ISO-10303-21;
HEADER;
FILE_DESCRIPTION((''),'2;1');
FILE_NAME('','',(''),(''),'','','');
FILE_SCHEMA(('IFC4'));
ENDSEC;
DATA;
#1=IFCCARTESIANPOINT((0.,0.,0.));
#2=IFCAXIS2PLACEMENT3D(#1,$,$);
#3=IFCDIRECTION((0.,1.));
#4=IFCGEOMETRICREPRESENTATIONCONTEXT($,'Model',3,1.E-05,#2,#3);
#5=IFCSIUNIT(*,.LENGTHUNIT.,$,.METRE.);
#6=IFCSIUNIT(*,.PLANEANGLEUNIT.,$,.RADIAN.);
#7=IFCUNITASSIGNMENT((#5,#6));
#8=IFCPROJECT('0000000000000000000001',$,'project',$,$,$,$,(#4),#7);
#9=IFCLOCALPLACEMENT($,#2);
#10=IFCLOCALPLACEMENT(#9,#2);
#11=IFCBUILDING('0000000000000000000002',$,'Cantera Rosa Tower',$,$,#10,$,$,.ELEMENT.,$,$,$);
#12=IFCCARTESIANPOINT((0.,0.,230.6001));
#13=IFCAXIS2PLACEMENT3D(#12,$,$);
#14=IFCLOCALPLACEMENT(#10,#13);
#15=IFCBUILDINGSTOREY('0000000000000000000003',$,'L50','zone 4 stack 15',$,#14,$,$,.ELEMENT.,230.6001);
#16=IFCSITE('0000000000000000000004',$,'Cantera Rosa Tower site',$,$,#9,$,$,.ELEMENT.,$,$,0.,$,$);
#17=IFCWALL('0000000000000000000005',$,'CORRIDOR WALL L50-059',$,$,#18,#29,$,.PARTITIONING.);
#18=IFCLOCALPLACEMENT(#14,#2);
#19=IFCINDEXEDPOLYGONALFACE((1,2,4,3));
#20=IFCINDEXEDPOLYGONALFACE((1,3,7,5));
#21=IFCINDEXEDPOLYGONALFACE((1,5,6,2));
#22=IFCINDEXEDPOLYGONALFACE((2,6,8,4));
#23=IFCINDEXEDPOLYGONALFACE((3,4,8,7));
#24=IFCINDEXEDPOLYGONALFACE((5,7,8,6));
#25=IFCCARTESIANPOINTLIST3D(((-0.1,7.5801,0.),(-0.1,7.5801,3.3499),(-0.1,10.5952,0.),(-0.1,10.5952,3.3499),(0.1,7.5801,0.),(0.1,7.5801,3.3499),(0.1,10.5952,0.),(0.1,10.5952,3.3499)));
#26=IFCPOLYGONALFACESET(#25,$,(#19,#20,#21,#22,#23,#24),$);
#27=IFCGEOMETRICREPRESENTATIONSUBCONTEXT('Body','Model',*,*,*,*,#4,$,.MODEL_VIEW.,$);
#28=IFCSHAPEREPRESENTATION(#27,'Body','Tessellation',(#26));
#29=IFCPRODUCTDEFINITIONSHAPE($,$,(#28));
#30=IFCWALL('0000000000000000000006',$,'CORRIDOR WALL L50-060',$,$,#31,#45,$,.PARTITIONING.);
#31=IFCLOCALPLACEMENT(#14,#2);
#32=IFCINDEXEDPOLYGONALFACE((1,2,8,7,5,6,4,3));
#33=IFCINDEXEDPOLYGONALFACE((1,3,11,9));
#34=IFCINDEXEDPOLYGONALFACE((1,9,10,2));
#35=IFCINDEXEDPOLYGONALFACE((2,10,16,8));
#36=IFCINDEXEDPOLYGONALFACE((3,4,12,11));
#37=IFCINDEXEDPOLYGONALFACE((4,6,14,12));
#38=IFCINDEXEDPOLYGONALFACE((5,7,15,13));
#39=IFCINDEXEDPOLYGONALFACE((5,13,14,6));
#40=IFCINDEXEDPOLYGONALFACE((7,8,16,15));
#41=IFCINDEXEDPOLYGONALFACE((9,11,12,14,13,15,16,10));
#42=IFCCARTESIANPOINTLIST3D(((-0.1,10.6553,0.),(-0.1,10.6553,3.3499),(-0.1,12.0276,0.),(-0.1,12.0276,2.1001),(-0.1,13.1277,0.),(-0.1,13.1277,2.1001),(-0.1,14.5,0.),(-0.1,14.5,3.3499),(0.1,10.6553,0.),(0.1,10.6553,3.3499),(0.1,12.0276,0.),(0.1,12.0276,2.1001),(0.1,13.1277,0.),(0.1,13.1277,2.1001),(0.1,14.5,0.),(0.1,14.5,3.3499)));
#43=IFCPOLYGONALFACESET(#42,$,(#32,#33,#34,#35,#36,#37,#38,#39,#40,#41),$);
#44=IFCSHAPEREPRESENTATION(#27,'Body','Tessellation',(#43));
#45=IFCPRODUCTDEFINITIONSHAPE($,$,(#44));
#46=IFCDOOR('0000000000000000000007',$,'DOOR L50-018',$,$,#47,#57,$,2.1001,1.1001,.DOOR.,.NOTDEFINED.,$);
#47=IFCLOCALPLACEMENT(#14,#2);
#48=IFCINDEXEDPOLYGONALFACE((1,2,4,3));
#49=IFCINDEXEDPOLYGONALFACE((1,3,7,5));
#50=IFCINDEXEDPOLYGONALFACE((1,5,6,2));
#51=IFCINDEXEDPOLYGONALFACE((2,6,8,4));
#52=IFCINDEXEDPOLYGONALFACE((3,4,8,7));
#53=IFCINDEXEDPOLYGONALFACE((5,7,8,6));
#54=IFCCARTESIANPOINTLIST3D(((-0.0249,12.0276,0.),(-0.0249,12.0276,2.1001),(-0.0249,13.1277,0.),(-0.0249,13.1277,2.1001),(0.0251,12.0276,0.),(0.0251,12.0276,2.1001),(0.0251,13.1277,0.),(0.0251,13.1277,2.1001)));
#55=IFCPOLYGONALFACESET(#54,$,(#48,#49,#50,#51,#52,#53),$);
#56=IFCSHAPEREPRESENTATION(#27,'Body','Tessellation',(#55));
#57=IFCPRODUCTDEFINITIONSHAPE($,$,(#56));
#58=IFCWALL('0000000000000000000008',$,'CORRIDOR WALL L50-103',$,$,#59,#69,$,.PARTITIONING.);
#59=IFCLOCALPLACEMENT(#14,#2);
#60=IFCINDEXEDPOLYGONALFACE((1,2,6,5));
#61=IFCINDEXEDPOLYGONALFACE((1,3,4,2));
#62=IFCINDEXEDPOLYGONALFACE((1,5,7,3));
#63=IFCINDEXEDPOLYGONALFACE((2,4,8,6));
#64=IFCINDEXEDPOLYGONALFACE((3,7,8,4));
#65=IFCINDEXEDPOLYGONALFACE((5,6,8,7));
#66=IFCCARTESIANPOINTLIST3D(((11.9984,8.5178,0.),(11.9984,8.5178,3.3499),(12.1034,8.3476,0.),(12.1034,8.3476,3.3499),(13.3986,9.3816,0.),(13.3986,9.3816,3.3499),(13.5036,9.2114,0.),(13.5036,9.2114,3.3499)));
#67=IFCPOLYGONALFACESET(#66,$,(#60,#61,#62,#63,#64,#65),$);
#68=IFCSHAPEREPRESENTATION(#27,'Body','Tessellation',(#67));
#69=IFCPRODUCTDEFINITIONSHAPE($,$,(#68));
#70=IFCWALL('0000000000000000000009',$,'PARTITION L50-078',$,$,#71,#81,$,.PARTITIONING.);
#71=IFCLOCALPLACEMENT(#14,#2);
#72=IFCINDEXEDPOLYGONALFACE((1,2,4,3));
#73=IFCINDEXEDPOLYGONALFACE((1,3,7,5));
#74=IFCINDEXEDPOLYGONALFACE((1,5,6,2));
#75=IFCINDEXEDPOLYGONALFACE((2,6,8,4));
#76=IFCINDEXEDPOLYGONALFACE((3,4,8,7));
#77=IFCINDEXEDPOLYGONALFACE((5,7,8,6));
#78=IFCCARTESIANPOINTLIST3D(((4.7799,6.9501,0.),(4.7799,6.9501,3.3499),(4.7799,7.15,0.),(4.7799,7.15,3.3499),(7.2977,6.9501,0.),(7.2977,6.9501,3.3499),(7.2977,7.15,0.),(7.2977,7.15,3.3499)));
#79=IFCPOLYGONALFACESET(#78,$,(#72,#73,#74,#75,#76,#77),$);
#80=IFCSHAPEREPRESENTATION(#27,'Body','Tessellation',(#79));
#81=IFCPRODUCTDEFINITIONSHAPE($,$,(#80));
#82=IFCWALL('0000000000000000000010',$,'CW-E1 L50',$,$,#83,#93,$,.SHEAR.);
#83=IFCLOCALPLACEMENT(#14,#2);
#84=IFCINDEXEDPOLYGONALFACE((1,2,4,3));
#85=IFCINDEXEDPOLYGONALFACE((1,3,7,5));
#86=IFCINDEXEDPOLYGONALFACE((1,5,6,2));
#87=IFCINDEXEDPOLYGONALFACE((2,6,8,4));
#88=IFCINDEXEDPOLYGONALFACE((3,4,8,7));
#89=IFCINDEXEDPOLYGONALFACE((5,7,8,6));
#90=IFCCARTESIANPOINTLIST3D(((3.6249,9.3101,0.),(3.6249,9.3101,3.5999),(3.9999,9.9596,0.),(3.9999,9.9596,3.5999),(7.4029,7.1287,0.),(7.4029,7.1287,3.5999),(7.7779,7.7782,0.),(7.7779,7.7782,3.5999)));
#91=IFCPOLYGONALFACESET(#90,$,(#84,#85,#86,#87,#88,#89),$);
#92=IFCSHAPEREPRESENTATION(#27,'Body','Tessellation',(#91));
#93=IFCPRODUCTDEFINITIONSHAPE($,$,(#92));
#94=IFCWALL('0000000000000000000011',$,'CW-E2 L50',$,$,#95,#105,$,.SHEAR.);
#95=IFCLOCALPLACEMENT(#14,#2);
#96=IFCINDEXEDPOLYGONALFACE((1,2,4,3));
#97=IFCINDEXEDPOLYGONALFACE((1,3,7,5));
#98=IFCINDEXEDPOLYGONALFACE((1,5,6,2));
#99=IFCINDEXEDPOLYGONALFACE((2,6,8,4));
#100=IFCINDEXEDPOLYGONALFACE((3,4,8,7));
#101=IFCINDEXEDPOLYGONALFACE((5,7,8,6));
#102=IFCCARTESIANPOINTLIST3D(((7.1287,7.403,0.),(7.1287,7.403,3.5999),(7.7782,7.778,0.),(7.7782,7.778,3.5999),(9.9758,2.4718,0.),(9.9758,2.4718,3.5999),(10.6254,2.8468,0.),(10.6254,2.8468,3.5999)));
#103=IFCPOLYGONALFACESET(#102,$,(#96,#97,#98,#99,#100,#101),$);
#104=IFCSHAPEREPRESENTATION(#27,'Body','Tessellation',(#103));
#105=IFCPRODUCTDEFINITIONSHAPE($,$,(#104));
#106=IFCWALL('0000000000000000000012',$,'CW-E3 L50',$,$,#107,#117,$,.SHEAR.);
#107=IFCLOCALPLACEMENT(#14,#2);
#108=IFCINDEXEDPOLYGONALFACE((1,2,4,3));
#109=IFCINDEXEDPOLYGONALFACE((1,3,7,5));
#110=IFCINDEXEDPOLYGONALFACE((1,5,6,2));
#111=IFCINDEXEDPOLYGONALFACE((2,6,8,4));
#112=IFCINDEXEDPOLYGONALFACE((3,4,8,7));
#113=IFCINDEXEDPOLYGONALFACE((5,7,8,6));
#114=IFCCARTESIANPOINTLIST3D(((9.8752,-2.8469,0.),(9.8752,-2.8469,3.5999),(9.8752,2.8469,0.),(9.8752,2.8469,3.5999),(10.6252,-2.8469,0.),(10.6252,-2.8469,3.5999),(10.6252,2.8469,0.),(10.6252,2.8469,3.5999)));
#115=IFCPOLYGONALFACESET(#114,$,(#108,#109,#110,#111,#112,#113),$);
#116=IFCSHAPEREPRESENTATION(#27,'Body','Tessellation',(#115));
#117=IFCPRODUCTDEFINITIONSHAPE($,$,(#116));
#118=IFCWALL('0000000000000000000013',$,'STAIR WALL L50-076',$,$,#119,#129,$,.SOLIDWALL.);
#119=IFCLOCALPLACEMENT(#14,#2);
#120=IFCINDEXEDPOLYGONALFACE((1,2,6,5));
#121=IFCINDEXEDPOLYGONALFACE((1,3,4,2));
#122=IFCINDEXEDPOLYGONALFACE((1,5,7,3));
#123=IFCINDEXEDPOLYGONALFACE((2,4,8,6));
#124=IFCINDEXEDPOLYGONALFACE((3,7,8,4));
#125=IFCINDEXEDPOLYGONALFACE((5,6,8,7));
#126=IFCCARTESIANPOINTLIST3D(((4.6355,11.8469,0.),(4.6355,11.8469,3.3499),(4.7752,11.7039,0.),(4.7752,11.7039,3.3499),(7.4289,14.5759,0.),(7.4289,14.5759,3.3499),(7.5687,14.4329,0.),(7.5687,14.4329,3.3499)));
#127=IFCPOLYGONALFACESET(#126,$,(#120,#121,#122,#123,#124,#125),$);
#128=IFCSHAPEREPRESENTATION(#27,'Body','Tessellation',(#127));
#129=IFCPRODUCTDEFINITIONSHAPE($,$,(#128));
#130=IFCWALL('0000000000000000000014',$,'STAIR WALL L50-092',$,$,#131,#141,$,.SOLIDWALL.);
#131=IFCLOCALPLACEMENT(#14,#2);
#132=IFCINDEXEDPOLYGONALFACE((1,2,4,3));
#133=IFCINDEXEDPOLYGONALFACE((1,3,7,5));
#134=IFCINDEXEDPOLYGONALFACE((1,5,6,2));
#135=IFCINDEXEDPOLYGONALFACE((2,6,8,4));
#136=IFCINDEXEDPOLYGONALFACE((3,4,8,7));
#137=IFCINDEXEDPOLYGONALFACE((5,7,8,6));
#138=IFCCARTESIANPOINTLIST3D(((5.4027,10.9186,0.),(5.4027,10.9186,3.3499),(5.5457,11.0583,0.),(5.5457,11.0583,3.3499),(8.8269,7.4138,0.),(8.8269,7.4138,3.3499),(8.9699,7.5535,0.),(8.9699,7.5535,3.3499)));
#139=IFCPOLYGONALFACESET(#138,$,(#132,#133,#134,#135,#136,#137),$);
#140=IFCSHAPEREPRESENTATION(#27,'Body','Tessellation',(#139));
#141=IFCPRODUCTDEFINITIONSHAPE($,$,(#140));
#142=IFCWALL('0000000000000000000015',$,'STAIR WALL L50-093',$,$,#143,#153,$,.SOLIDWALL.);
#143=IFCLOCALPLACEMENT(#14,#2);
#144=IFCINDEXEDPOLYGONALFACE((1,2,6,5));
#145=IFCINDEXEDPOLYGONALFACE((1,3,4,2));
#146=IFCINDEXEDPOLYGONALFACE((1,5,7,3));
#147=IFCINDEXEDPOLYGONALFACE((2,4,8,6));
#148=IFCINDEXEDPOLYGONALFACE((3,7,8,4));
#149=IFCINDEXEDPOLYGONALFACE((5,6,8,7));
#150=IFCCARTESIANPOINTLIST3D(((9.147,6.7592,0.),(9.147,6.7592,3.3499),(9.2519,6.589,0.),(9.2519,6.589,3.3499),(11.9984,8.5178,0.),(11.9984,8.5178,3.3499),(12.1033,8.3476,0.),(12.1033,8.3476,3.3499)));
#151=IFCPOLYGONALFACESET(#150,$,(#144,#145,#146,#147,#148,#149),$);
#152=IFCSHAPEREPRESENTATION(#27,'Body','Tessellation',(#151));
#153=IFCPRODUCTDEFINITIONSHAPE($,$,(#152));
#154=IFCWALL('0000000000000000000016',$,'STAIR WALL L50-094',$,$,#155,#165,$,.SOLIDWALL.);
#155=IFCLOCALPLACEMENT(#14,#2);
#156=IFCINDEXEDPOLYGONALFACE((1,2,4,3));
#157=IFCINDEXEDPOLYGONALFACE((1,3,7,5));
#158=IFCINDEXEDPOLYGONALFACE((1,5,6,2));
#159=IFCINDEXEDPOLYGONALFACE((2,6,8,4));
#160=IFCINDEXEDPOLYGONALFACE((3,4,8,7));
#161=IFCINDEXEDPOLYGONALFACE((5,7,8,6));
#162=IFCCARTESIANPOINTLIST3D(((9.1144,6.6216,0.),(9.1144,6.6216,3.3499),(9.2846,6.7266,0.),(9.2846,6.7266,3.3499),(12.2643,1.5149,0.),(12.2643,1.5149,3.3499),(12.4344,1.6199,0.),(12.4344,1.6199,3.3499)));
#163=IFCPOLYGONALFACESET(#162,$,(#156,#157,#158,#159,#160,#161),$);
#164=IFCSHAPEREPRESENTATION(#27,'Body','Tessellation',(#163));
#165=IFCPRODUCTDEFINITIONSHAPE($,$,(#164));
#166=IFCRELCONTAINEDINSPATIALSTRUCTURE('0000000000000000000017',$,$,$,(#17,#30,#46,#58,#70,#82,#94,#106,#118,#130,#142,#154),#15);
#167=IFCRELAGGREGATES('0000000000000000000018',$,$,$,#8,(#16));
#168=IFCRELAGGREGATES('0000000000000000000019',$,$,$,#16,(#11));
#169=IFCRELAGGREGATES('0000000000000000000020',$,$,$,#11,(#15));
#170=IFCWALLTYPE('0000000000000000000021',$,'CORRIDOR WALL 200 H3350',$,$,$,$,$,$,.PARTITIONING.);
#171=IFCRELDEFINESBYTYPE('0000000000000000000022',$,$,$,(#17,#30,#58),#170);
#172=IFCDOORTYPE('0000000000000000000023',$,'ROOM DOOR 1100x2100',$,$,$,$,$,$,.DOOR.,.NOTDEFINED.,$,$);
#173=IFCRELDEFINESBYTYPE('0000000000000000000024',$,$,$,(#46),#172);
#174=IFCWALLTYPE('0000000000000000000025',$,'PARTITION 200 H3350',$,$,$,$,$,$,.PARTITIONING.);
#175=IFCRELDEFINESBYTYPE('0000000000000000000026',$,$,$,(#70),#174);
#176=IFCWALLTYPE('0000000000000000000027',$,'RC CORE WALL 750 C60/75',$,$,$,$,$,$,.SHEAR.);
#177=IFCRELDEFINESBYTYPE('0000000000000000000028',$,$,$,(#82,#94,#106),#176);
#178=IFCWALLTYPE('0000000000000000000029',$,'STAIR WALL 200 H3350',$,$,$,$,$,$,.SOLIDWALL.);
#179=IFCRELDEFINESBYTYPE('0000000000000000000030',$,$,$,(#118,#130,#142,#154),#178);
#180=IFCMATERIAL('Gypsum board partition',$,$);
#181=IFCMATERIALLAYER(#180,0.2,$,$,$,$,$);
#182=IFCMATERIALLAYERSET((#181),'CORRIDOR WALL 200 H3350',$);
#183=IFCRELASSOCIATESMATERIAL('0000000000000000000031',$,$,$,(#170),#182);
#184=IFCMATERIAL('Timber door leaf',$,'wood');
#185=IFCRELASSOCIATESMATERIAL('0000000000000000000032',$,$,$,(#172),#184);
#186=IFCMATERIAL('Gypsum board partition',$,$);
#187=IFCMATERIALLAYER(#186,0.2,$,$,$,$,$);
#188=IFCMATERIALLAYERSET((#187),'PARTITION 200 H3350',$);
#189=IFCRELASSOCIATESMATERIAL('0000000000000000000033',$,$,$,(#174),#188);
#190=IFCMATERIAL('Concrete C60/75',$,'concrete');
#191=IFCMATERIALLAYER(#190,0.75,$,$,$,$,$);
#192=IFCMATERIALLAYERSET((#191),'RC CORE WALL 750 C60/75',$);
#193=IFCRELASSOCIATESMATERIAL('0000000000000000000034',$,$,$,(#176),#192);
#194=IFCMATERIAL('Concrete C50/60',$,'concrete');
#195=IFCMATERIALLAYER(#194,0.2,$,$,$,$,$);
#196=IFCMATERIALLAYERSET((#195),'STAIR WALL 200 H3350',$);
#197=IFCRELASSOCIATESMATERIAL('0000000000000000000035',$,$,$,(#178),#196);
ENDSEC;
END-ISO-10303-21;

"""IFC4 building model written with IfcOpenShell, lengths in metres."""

from ifc_helpers import new_model, si_unit, direction, frame, frame_2d, origin, place, context, subcontext, project, spatial, rectangle, extrude, material, layer, layer_set, type_object, element, fill, save


model = new_model("IFC4")

# Units and contexts
model_context = context("Model", 3, precision=1e-05, world=origin(), true_north=direction((0.0, 1.0)))
body_context = subcontext(model_context, "Body", "Model", "MODEL_VIEW")
ifc_project = project(units=[si_unit("LENGTHUNIT", "METRE"), si_unit("PLANEANGLEUNIT", "RADIAN")], contexts=[model_context])

# Site, building, storey
site_placement = place(None, origin())
site = spatial("IfcSite", under=ifc_project, at=site_placement, Name="Cantera Rosa Tower site", CompositionType="ELEMENT", RefElevation=0.0)
building_placement = place(site_placement, origin())
building = spatial("IfcBuilding", under=site, at=building_placement, Name="Cantera Rosa Tower", CompositionType="ELEMENT")
storey_placement = place(building_placement, frame((0.0, 0.0, 230.6001)))
storey = spatial("IfcBuildingStorey", under=building, at=storey_placement, Name="L50", Description="zone 4 stack 15", CompositionType="ELEMENT", Elevation=230.6001)

# Wall
ifc_material_1 = material(Name="Gypsum board partition")
ifc_layer_1 = layer(ifc_material_1, 0.2)
ifc_layer_set_1 = layer_set([ifc_layer_1], Name="CORRIDOR WALL 200 H3350")
wall_type_1 = type_object("IfcWallType", Name="CORRIDOR WALL 200 H3350", PredefinedType="PARTITIONING", material=ifc_layer_set_1)
wall_1_placement = place(storey_placement, frame((0.0, 7.5801, 0.0), z_axis=(0.0, 0.0, 1.0), x_axis=(0.0, 1.0, 0.0)))
element("IfcWall", 1, at=wall_1_placement, inside=storey, type_object=wall_type_1, Name="CORRIDOR WALL L50-059", PredefinedType="PARTITIONING", context=body_context, shape_type="SweptSolid", body=[
    extrude(rectangle(XDim=3.0151, YDim=0.2, at=frame_2d((1.5076, 0.0))), origin(), (0.0, 0.0, 1.0), 3.3499),
])

# Wall, opening, door
wall_2_placement = place(storey_placement, frame((0.0, 10.6553, 0.0), z_axis=(0.0, 0.0, 1.0), x_axis=(0.0, 1.0, 0.0)))
wall_2 = element("IfcWall", 2, at=wall_2_placement, inside=storey, type_object=wall_type_1, Name="CORRIDOR WALL L50-060", PredefinedType="PARTITIONING", context=body_context, shape_type="SweptSolid", body=[
    extrude(rectangle(XDim=3.8447, YDim=0.2, at=frame_2d((1.9224, 0.0))), origin(), (0.0, 0.0, 1.0), 3.3499),
])
opening_1_placement = place(wall_2_placement, frame((1.3723, 0.0, 0.0)))
opening_1 = element("IfcOpeningElement", 3, at=opening_1_placement, cuts=wall_2, PredefinedType="OPENING", context=body_context, shape_type="SweptSolid", body=[
    extrude(rectangle(XDim=1.1001, YDim=2.1001, at=frame_2d((0.55, 1.05))), frame((0.0, 0.1099, 0.0), z_axis=(0.0, -1.0, 0.0), x_axis=(1.0, 0.0, 0.0)), (0.0, 0.0, 1.0), 0.22),
])
ifc_material_2 = material(Name="Timber door leaf", Category="wood")
door_type_1 = type_object("IfcDoorType", Name="ROOM DOOR 1100x2100", OperationType="NOTDEFINED", PredefinedType="DOOR", material=ifc_material_2)
door_1_placement = place(opening_1_placement, origin())
door_1 = element("IfcDoor", 4, at=door_1_placement, inside=storey, type_object=door_type_1, Name="DOOR L50-018", OperationType="NOTDEFINED", OverallHeight=2.1001, OverallWidth=1.1001, PredefinedType="DOOR", context=body_context, shape_type="SweptSolid", body=[
    extrude(rectangle(XDim=1.1001, YDim=2.1001, at=frame_2d((0.55, 1.05))), frame((0.0, 0.0249, 0.0), z_axis=(0.0, -1.0, 0.0), x_axis=(1.0, 0.0, 0.0)), (0.0, 0.0, 1.0), 0.05),
])
fill(opening_1, door_1)

# Walls
wall_3_placement = place(storey_placement, frame((12.0508, 8.4326, 0.0), z_axis=(0.0, 0.0, 1.0), x_axis=(0.851077, 0.525041, 0.0)))
element("IfcWall", 5, at=wall_3_placement, inside=storey, type_object=wall_type_1, Name="CORRIDOR WALL L50-103", PredefinedType="PARTITIONING", context=body_context, shape_type="SweptSolid", body=[
    extrude(rectangle(XDim=1.6453, YDim=0.2, at=frame_2d((0.8228, 0.0))), origin(), (0.0, 0.0, 1.0), 3.3499),
])
ifc_material_3 = material(Name="Gypsum board partition")
ifc_layer_2 = layer(ifc_material_3, 0.2)
ifc_layer_set_2 = layer_set([ifc_layer_2], Name="PARTITION 200 H3350")
wall_type_2 = type_object("IfcWallType", Name="PARTITION 200 H3350", PredefinedType="PARTITIONING", material=ifc_layer_set_2)
wall_4_placement = place(storey_placement, frame((4.78, 7.05, 0.0), z_axis=(0.0, 0.0, 1.0), x_axis=(1.0, 0.0, 0.0)))
element("IfcWall", 6, at=wall_4_placement, inside=storey, type_object=wall_type_2, Name="PARTITION L50-078", PredefinedType="PARTITIONING", context=body_context, shape_type="SweptSolid", body=[
    extrude(rectangle(XDim=2.5178, YDim=0.2, at=frame_2d((1.2588, 0.0))), origin(), (0.0, 0.0, 1.0), 3.3499),
])
ifc_material_4 = material(Name="Concrete C60/75", Category="concrete")
ifc_layer_3 = layer(ifc_material_4, 0.75)
ifc_layer_set_3 = layer_set([ifc_layer_3], Name="RC CORE WALL 750 C60/75")
wall_type_3 = type_object("IfcWallType", Name="RC CORE WALL 750 C60/75", PredefinedType="SHEAR", material=ifc_layer_set_3)
wall_5_placement = place(storey_placement, frame((3.8125, 9.6348, 0.0), z_axis=(0.0, 0.0, 1.0), x_axis=(0.866013, -0.500021, 0.0)))
element("IfcWall", 7, at=wall_5_placement, inside=storey, type_object=wall_type_3, Name="CW-E1 L50", PredefinedType="SHEAR", context=body_context, shape_type="SweptSolid", body=[
    extrude(rectangle(XDim=4.3625, YDim=0.75, at=frame_2d((2.1812, 0.0))), origin(), (0.0, 0.0, 1.0), 3.5999),
])
wall_6_placement = place(storey_placement, frame((7.4534, 7.5906, 0.0), z_axis=(0.0, 0.0, 1.0), x_axis=(0.500022, -0.866013, 0.0)))
element("IfcWall", 8, at=wall_6_placement, inside=storey, type_object=wall_type_3, Name="CW-E2 L50", PredefinedType="SHEAR", context=body_context, shape_type="SweptSolid", body=[
    extrude(rectangle(XDim=5.6941, YDim=0.75, at=frame_2d((2.8472, 0.0))), origin(), (0.0, 0.0, 1.0), 3.5999),
])
wall_7_placement = place(storey_placement, frame((10.2502, 2.8469, 0.0), z_axis=(0.0, 0.0, 1.0), x_axis=(0.0, -1.0, 0.0)))
element("IfcWall", 9, at=wall_7_placement, inside=storey, type_object=wall_type_3, Name="CW-E3 L50", PredefinedType="SHEAR", context=body_context, shape_type="SweptSolid", body=[
    extrude(rectangle(XDim=5.6938, YDim=0.75, at=frame_2d((2.8469, 0.0))), origin(), (0.0, 0.0, 1.0), 3.5999),
])
ifc_material_5 = material(Name="Concrete C50/60", Category="concrete")
ifc_layer_4 = layer(ifc_material_5, 0.2)
ifc_layer_set_4 = layer_set([ifc_layer_4], Name="STAIR WALL 200 H3350")
wall_type_4 = type_object("IfcWallType", Name="STAIR WALL 200 H3350", PredefinedType="SOLIDWALL", material=ifc_layer_set_4)
wall_8_placement = place(storey_placement, frame((4.7053, 11.7754, 0.0), z_axis=(0.0, 0.0, 1.0), x_axis=(0.715311, 0.698806, 0.0)))
element("IfcWall", 10, at=wall_8_placement, inside=storey, type_object=wall_type_4, Name="STAIR WALL L50-076", PredefinedType="SOLIDWALL", context=body_context, shape_type="SweptSolid", body=[
    extrude(rectangle(XDim=3.9053, YDim=0.2, at=frame_2d((1.9526, 0.0))), origin(), (0.0, 0.0, 1.0), 3.3499),
])
wall_9_placement = place(storey_placement, frame((8.8984, 7.4836, 0.0), z_axis=(0.0, 0.0, 1.0), x_axis=(-0.698838, 0.71528, 0.0)))
element("IfcWall", 11, at=wall_9_placement, inside=storey, type_object=wall_type_4, Name="STAIR WALL L50-092", PredefinedType="SOLIDWALL", context=body_context, shape_type="SweptSolid", body=[
    extrude(rectangle(XDim=4.8999, YDim=0.2, at=frame_2d((2.45, 0.0))), origin(), (0.0, 0.0, 1.0), 3.3499),
])
wall_10_placement = place(storey_placement, frame((9.1995, 6.6741, 0.0), z_axis=(0.0, 0.0, 1.0), x_axis=(0.85114, 0.524939, 0.0)))
element("IfcWall", 12, at=wall_10_placement, inside=storey, type_object=wall_type_4, Name="STAIR WALL L50-093", PredefinedType="SOLIDWALL", context=body_context, shape_type="SweptSolid", body=[
    extrude(rectangle(XDim=3.3501, YDim=0.2, at=frame_2d((1.675, 0.0))), origin(), (0.0, 0.0, 1.0), 3.3499),
])
wall_11_placement = place(storey_placement, frame((9.1995, 6.6741, 0.0), z_axis=(0.0, 0.0, 1.0), x_axis=(0.524983, -0.851113, 0.0)))
element("IfcWall", 13, at=wall_11_placement, inside=storey, type_object=wall_type_4, Name="STAIR WALL L50-094", PredefinedType="SOLIDWALL", context=body_context, shape_type="SweptSolid", body=[
    extrude(rectangle(XDim=6.0, YDim=0.2, at=frame_2d((3.0, 0.0))), origin(), (0.0, 0.0, 1.0), 3.3499),
])

save(model, "model.ifc")
